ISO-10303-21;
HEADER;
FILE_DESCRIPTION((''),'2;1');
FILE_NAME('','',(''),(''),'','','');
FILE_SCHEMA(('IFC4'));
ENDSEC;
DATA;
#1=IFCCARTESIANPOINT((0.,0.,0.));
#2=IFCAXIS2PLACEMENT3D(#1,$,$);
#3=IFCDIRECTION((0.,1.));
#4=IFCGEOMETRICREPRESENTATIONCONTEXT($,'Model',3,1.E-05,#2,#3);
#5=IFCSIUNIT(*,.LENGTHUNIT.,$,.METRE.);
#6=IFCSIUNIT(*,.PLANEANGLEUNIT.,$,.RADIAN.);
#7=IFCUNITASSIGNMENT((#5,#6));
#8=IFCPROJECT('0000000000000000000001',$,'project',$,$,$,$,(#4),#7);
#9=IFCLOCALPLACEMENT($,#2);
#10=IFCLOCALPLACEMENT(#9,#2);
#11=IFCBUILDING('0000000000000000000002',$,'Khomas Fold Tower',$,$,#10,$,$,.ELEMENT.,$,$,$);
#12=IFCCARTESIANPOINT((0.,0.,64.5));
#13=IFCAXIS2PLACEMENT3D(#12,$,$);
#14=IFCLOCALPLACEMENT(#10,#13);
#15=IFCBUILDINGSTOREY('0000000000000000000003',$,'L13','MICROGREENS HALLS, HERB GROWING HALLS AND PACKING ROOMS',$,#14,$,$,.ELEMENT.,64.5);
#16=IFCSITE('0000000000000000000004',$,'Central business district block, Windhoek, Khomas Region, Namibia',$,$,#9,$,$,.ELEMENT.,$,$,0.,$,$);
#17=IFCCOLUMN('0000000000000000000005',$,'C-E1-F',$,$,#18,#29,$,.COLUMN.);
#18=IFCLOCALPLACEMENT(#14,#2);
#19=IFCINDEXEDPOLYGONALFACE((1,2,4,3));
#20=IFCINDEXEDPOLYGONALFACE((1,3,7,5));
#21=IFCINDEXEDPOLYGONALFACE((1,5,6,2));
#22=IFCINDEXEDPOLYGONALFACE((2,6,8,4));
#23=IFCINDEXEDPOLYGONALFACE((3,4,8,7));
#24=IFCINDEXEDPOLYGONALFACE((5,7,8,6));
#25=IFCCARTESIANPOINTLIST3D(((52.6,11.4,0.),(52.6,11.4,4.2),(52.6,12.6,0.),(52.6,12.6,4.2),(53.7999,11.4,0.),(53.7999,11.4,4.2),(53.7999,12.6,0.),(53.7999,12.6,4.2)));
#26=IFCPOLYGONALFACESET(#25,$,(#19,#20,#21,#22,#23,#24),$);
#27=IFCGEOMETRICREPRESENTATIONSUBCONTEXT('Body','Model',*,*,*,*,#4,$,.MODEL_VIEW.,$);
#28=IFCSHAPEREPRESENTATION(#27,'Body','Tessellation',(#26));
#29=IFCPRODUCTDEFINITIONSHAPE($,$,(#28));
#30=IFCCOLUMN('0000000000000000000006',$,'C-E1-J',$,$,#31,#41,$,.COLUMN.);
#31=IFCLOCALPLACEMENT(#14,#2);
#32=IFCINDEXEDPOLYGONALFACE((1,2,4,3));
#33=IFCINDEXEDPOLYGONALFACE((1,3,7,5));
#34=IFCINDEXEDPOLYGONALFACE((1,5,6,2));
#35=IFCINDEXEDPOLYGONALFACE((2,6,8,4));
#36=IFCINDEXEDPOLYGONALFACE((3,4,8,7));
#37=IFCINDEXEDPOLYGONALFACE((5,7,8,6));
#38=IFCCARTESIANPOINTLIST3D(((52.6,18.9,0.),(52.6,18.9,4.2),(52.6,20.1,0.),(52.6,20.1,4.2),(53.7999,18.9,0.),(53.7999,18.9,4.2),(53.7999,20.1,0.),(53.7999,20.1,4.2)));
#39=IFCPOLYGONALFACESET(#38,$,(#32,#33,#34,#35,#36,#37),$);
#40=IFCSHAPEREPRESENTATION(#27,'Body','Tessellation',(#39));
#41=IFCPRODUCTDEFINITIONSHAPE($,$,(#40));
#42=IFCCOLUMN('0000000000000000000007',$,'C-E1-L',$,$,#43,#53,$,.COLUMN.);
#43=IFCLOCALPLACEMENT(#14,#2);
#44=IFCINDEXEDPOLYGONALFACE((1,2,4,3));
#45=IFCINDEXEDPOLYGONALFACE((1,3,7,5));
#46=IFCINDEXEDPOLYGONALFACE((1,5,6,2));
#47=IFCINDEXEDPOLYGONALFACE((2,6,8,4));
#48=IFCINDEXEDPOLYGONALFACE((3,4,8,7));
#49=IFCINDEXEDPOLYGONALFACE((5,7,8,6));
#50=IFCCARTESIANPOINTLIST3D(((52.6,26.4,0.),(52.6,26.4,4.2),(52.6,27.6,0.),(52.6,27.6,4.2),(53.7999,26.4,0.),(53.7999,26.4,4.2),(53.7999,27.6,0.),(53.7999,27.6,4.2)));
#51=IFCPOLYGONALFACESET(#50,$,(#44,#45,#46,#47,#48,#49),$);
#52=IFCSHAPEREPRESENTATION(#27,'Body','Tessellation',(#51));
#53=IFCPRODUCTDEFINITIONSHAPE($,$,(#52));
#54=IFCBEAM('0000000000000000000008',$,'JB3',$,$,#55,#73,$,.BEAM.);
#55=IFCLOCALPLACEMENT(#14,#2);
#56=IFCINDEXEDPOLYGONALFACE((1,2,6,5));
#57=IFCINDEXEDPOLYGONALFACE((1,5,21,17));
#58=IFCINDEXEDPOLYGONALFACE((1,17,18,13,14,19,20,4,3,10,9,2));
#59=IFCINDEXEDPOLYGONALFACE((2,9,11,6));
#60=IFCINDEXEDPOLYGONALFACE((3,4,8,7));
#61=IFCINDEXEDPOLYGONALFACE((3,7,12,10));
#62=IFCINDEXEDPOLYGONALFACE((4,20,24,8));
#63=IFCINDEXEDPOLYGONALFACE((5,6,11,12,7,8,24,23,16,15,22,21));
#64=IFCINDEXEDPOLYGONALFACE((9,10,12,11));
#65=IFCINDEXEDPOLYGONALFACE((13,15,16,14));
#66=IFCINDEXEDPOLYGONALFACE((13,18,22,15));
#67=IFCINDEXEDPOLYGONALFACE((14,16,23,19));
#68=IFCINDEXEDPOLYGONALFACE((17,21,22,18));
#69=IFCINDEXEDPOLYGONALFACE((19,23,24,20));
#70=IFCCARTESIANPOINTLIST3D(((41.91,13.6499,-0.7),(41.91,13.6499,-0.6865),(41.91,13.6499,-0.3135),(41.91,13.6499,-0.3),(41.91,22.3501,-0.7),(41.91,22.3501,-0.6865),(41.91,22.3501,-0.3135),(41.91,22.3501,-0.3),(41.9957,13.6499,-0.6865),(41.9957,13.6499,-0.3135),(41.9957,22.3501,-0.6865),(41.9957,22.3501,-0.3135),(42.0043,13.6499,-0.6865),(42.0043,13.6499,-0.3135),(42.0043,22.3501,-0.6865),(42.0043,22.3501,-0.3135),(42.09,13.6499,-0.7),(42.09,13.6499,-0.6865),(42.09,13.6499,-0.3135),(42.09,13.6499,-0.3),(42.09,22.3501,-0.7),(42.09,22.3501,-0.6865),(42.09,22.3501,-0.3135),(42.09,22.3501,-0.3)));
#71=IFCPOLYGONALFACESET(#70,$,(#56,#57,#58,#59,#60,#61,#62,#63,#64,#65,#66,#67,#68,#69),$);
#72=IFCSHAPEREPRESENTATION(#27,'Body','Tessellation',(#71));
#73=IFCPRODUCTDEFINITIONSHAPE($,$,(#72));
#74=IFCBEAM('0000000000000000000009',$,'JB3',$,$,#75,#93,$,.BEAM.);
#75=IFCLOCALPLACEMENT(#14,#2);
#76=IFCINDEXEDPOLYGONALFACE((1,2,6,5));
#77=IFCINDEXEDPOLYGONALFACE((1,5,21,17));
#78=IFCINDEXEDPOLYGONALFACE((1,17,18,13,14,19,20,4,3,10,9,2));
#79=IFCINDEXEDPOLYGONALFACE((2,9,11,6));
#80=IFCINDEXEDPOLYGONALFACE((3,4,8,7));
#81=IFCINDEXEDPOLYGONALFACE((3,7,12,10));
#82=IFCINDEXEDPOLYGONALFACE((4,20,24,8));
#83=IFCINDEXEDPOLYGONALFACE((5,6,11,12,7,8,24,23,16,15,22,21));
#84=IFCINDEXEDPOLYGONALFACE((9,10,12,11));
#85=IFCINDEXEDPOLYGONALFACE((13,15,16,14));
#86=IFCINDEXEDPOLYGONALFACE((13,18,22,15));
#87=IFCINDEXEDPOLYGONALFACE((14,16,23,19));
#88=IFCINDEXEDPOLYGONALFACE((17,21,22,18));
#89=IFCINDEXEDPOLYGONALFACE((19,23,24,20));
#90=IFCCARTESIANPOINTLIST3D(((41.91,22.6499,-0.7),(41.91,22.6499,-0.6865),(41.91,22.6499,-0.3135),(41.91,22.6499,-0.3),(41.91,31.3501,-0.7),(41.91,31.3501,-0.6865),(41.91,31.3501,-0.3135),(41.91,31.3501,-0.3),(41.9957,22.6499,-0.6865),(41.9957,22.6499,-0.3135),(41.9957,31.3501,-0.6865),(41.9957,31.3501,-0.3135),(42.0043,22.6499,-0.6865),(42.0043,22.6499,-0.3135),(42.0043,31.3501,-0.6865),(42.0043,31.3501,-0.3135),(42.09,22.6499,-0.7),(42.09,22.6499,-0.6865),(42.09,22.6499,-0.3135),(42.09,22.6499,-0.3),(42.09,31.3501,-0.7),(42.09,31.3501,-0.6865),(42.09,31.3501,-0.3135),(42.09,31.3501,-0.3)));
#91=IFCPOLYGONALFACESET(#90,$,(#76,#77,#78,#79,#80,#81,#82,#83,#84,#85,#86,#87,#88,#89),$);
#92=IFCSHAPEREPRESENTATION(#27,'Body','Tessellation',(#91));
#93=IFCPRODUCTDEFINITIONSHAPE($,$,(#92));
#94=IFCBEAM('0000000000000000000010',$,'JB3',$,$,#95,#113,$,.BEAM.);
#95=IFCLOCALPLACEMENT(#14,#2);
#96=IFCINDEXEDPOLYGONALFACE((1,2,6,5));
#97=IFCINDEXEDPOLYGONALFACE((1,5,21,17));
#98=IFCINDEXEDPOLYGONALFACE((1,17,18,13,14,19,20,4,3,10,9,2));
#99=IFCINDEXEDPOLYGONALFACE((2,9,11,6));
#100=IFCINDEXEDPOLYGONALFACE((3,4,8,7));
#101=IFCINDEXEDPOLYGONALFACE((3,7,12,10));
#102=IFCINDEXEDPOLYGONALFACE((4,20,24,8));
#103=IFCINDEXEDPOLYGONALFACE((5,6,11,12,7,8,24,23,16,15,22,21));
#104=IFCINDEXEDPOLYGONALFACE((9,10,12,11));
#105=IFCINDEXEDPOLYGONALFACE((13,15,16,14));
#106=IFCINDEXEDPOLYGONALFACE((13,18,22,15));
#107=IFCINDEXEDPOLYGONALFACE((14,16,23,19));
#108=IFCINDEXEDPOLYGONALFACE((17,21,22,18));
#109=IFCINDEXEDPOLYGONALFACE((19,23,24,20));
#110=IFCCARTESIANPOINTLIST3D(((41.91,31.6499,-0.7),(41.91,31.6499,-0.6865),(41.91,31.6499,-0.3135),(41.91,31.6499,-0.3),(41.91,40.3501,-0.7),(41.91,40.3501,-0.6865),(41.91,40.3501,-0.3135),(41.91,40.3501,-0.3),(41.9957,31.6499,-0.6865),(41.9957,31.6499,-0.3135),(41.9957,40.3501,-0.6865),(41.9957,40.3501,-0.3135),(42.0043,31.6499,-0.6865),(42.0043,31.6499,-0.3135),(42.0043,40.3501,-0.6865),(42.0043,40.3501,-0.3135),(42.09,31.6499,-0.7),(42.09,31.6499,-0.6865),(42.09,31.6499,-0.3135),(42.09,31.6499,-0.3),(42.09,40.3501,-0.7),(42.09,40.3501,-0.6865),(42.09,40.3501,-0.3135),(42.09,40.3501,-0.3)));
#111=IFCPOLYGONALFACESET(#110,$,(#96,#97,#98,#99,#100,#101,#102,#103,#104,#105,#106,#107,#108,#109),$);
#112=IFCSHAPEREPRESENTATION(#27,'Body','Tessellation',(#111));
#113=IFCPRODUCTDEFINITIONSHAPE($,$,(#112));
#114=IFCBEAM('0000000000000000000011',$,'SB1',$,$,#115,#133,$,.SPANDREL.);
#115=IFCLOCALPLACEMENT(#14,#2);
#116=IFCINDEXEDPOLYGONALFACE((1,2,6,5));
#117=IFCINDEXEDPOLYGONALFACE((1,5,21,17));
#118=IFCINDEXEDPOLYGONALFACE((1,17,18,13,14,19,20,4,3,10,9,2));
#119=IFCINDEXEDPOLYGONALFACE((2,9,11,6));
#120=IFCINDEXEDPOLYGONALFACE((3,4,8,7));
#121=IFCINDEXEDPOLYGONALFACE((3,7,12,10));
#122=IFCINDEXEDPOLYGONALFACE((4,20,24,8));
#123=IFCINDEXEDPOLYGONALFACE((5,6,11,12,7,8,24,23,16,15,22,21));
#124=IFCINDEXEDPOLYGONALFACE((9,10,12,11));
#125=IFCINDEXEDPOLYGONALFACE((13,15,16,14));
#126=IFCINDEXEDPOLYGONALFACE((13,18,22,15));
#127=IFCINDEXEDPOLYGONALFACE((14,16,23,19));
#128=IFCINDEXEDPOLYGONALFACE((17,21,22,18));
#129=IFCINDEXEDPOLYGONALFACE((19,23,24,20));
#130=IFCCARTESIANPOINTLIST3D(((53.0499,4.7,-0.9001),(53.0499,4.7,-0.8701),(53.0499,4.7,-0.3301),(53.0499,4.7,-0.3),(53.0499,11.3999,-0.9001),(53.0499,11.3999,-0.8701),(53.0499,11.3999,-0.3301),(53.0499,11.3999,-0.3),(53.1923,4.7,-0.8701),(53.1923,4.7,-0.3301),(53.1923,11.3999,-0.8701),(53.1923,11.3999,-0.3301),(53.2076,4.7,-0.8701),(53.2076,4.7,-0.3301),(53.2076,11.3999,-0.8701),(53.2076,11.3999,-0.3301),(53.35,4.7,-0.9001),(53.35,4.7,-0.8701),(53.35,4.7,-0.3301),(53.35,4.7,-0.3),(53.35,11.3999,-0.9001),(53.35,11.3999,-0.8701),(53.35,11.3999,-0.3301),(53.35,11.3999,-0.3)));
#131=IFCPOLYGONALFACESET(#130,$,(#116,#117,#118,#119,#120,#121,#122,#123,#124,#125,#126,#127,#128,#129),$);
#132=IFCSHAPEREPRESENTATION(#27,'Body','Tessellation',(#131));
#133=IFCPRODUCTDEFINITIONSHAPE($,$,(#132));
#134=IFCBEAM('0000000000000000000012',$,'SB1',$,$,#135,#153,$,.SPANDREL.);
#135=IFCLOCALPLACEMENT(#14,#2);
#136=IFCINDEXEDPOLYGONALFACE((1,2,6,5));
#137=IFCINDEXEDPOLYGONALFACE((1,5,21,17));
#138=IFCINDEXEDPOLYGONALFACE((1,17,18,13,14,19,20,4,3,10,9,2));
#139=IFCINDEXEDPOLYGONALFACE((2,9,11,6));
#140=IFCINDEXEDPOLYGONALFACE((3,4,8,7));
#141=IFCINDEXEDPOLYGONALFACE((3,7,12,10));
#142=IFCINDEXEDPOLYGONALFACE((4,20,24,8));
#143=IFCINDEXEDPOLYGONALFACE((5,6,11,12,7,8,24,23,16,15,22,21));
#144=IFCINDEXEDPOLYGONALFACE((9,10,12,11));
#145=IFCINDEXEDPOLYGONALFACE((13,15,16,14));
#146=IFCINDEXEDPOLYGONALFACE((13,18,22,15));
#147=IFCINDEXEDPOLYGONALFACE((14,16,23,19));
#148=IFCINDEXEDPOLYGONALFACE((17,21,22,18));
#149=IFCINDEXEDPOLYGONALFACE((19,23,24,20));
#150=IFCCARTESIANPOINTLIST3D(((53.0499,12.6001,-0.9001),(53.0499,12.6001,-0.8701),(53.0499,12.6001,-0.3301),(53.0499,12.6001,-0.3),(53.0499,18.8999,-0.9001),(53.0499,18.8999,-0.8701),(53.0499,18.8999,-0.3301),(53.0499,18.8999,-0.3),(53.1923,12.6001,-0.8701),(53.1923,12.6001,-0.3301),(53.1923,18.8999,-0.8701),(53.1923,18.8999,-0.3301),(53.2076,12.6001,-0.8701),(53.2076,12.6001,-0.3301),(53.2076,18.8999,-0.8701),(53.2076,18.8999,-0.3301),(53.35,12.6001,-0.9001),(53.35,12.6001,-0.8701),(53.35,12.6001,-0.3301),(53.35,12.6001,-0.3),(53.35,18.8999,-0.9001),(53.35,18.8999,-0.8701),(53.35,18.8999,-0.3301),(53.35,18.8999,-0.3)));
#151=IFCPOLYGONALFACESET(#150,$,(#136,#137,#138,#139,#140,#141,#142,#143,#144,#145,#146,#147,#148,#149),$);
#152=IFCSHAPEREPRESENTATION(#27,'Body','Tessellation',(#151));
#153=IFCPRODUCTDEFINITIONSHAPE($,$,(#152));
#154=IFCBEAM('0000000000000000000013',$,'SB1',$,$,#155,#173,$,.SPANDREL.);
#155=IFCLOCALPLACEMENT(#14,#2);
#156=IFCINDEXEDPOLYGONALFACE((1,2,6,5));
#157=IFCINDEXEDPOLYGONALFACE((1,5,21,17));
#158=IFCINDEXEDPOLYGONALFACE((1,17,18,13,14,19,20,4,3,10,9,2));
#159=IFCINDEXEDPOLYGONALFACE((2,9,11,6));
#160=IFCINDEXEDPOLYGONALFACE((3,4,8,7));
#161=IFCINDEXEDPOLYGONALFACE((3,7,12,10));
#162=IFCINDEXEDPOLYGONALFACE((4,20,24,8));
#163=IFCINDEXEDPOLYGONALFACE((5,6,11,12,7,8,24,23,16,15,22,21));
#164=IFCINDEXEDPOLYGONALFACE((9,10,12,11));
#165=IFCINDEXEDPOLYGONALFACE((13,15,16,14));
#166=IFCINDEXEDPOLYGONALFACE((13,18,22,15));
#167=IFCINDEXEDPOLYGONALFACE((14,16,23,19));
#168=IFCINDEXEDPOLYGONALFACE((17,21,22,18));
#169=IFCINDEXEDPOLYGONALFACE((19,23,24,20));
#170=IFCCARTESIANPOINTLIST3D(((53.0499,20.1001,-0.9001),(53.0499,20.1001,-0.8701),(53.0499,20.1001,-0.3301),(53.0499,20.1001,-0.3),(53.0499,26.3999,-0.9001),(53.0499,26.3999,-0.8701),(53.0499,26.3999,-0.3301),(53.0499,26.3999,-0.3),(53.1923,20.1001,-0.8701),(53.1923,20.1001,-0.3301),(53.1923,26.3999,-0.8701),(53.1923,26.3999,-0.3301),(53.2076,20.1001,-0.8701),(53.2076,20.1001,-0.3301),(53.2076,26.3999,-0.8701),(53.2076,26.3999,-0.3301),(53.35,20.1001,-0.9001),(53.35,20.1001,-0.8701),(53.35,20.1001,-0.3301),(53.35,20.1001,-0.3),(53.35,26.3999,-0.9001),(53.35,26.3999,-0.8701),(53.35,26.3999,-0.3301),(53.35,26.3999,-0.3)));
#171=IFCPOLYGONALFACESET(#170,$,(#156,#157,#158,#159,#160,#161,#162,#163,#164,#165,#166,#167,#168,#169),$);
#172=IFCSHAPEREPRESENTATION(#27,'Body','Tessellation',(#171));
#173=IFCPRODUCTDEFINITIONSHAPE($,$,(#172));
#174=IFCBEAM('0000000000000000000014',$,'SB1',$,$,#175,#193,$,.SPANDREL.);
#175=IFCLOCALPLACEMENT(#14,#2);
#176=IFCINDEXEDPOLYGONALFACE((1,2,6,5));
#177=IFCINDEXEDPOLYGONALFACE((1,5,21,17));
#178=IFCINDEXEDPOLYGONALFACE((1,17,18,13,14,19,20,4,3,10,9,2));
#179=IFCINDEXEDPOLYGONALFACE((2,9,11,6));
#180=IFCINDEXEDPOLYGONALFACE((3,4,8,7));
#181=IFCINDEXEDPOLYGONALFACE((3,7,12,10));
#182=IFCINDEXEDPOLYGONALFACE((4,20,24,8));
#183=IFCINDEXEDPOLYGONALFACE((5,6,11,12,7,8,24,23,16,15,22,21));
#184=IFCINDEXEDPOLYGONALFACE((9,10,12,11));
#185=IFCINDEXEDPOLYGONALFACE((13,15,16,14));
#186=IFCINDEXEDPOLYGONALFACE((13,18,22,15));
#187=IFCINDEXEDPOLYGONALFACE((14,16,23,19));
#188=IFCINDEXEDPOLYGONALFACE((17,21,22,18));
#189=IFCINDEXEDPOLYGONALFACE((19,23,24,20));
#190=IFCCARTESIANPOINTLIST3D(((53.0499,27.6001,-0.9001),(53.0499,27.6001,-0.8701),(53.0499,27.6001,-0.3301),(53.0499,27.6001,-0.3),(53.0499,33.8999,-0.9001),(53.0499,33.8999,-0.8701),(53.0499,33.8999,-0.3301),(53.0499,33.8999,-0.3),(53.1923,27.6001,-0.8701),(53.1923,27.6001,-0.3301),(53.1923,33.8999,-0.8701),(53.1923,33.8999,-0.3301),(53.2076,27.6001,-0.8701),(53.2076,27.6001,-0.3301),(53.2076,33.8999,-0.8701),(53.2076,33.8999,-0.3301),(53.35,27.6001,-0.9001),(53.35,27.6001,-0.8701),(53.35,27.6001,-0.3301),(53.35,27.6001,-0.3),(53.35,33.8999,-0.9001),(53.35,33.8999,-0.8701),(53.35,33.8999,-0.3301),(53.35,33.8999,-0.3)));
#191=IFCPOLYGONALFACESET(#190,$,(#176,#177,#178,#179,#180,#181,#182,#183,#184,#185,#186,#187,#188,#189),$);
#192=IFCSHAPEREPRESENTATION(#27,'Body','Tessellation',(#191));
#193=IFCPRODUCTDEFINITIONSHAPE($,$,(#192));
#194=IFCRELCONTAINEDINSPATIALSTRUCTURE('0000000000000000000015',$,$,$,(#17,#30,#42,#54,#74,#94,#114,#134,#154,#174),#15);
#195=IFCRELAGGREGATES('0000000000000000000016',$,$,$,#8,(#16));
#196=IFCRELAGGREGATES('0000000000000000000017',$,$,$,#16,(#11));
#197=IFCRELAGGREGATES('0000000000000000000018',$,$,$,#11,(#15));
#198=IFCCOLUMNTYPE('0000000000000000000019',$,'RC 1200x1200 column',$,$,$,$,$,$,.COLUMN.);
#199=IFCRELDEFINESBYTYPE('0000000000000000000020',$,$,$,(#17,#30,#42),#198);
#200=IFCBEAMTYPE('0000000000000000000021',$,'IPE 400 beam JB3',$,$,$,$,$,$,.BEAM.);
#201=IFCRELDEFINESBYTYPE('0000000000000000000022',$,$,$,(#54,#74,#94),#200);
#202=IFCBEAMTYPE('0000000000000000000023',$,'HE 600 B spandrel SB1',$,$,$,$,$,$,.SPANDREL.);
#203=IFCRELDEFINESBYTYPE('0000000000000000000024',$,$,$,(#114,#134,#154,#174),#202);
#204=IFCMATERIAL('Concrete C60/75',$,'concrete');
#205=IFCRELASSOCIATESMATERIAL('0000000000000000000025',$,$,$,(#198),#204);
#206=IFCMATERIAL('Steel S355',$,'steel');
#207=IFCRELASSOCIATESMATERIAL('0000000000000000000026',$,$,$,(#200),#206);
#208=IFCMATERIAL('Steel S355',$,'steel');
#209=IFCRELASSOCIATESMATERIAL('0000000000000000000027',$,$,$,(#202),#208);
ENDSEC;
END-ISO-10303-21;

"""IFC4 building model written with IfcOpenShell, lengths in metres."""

from ifc_helpers import new_model, si_unit, direction, frame, origin, origin_2d, place, context, subcontext, project, spatial, rectangle, i_section, extrude, source, transform, mapped, material, material_profile, profile_set, type_object, element, save


model = new_model("IFC4")

# Units and contexts
model_context = context("Model", 3, precision=1e-05, world=origin(), true_north=direction((0.0, 1.0)))
body_context = subcontext(model_context, "Body", "Model", "MODEL_VIEW")
ifc_project = project(units=[si_unit("LENGTHUNIT", "METRE"), si_unit("PLANEANGLEUNIT", "RADIAN")], contexts=[model_context])

# Site, building, storey
site_placement = place(None, origin())
site = spatial("IfcSite", under=ifc_project, at=site_placement, Name="Central business district block, Windhoek, Khomas Region, Namibia", CompositionType="ELEMENT", RefElevation=0.0)
building_placement = place(site_placement, origin())
building = spatial("IfcBuilding", under=site, at=building_placement, Name="Khomas Fold Tower", CompositionType="ELEMENT")
storey_placement = place(building_placement, frame((0.0, 0.0, 64.5)))
storey = spatial("IfcBuildingStorey", under=building, at=storey_placement, Name="L13", Description="MICROGREENS HALLS, HERB GROWING HALLS AND PACKING ROOMS", CompositionType="ELEMENT", Elevation=64.5)

# Columns
ifc_material_1 = material(Name="Concrete C60/75", Category="concrete")
ifc_material_profile_1 = material_profile(ifc_material_1, rectangle(XDim=1.2, YDim=1.2, at=origin_2d()), Name="RC 1200x1200")
ifc_profile_set_1 = profile_set([ifc_material_profile_1], Name="Concrete C60/75")
column_type = type_object("IfcColumnType", Name="RC 1200x1200 column", PredefinedType="COLUMN", material=ifc_profile_set_1)
shared_shape_1 = source(origin(), body_context, "Body", "SweptSolid", [
    extrude(rectangle(XDim=1.2, YDim=1.2, at=origin_2d()), origin(), (0.0, 0.0, 1.0), 4.2),
])
for number, where, z_axis, x_axis, name in (
    (1, (53.2, 12.0, 0.0), (0.0, 0.0, 1.0), (1.0, 0.0, 0.0), "C-E1-F"),
    (2, (53.2, 19.5, 0.0), (0.0, 0.0, 1.0), (1.0, 0.0, 0.0), "C-E1-J"),
    (3, (53.2, 27.0, 0.0), (0.0, 0.0, 1.0), (1.0, 0.0, 0.0), "C-E1-L"),
):
    element("IfcColumn", number, at=place(storey_placement, frame(where, z_axis=z_axis, x_axis=x_axis)), inside=storey, type_object=column_type, Name=name, PredefinedType="COLUMN", context=body_context, shape_type="MappedRepresentation", body=[
        mapped(shared_shape_1, transform((0.0, 0.0, 0.0))),
    ])

# Beams
ifc_material_2 = material(Name="Steel S355", Category="steel")
ifc_material_profile_2 = material_profile(ifc_material_2, i_section(OverallWidth=0.1799, OverallDepth=0.3999, WebThickness=0.0085, FlangeThickness=0.0134, at=origin_2d()), Name="IPE 400")
ifc_profile_set_2 = profile_set([ifc_material_profile_2], Name="Steel S355")
beam_type_1 = type_object("IfcBeamType", Name="IPE 400 beam JB3", PredefinedType="BEAM", material=ifc_profile_set_2)
shared_shape_2 = source(origin(), body_context, "Body", "SweptSolid", [
    extrude(i_section(OverallWidth=0.1799, OverallDepth=0.3999, WebThickness=0.0085, FlangeThickness=0.0134, at=origin_2d()), origin(), (0.0, 0.0, 1.0), 8.7002),
])
for number, where, z_axis, x_axis, name in (
    (4, (42.0, 13.6499, -0.5), (0.0, 1.0, 0.0), (-1.0, 0.0, 0.0), "JB3"),
    (5, (42.0, 22.6499, -0.5), (0.0, 1.0, 0.0), (-1.0, 0.0, 0.0), "JB3"),
    (6, (42.0, 31.6499, -0.5), (0.0, 1.0, 0.0), (-1.0, 0.0, 0.0), "JB3"),
):
    element("IfcBeam", number, at=place(storey_placement, frame(where, z_axis=z_axis, x_axis=x_axis)), inside=storey, type_object=beam_type_1, Name=name, PredefinedType="BEAM", context=body_context, shape_type="MappedRepresentation", body=[
        mapped(shared_shape_2, transform((0.0, 0.0, 0.0))),
    ])
ifc_material_3 = material(Name="Steel S355", Category="steel")
ifc_material_profile_3 = material_profile(ifc_material_3, i_section(OverallWidth=0.3, OverallDepth=0.6001, WebThickness=0.0154, FlangeThickness=0.03, at=origin_2d()), Name="HE 600 B")
ifc_profile_set_3 = profile_set([ifc_material_profile_3], Name="Steel S355")
beam_type_2 = type_object("IfcBeamType", Name="HE 600 B spandrel SB1", PredefinedType="SPANDREL", material=ifc_profile_set_3)
shared_shape_3 = source(origin(), body_context, "Body", "SweptSolid", [
    extrude(i_section(OverallWidth=0.3, OverallDepth=0.6001, WebThickness=0.0154, FlangeThickness=0.03, at=origin_2d()), origin(), (0.0, 0.0, 1.0), 6.7),
])
beam_placement = place(storey_placement, frame((53.2, 4.7, -0.6001), z_axis=(0.0, 1.0, 0.0), x_axis=(-1.0, 0.0, 0.0)))
element("IfcBeam", 7, at=beam_placement, inside=storey, type_object=beam_type_2, Name="SB1", PredefinedType="SPANDREL", context=body_context, shape_type="MappedRepresentation", body=[
    mapped(shared_shape_3, transform((0.0, 0.0, 0.0))),
])
shared_shape_4 = source(origin(), body_context, "Body", "SweptSolid", [
    extrude(i_section(OverallWidth=0.3, OverallDepth=0.6001, WebThickness=0.0154, FlangeThickness=0.03, at=origin_2d()), origin(), (0.0, 0.0, 1.0), 6.2998),
])
for number, where, z_axis, x_axis, name in (
    (8, (53.2, 12.6001, -0.6001), (0.0, 1.0, 0.0), (-1.0, 0.0, 0.0), "SB1"),
    (9, (53.2, 20.1001, -0.6001), (0.0, 1.0, 0.0), (-1.0, 0.0, 0.0), "SB1"),
    (10, (53.2, 27.6001, -0.6001), (0.0, 1.0, 0.0), (-1.0, 0.0, 0.0), "SB1"),
):
    element("IfcBeam", number, at=place(storey_placement, frame(where, z_axis=z_axis, x_axis=x_axis)), inside=storey, type_object=beam_type_2, Name=name, PredefinedType="SPANDREL", context=body_context, shape_type="MappedRepresentation", body=[
        mapped(shared_shape_4, transform((0.0, 0.0, 0.0))),
    ])

save(model, "model.ifc")
